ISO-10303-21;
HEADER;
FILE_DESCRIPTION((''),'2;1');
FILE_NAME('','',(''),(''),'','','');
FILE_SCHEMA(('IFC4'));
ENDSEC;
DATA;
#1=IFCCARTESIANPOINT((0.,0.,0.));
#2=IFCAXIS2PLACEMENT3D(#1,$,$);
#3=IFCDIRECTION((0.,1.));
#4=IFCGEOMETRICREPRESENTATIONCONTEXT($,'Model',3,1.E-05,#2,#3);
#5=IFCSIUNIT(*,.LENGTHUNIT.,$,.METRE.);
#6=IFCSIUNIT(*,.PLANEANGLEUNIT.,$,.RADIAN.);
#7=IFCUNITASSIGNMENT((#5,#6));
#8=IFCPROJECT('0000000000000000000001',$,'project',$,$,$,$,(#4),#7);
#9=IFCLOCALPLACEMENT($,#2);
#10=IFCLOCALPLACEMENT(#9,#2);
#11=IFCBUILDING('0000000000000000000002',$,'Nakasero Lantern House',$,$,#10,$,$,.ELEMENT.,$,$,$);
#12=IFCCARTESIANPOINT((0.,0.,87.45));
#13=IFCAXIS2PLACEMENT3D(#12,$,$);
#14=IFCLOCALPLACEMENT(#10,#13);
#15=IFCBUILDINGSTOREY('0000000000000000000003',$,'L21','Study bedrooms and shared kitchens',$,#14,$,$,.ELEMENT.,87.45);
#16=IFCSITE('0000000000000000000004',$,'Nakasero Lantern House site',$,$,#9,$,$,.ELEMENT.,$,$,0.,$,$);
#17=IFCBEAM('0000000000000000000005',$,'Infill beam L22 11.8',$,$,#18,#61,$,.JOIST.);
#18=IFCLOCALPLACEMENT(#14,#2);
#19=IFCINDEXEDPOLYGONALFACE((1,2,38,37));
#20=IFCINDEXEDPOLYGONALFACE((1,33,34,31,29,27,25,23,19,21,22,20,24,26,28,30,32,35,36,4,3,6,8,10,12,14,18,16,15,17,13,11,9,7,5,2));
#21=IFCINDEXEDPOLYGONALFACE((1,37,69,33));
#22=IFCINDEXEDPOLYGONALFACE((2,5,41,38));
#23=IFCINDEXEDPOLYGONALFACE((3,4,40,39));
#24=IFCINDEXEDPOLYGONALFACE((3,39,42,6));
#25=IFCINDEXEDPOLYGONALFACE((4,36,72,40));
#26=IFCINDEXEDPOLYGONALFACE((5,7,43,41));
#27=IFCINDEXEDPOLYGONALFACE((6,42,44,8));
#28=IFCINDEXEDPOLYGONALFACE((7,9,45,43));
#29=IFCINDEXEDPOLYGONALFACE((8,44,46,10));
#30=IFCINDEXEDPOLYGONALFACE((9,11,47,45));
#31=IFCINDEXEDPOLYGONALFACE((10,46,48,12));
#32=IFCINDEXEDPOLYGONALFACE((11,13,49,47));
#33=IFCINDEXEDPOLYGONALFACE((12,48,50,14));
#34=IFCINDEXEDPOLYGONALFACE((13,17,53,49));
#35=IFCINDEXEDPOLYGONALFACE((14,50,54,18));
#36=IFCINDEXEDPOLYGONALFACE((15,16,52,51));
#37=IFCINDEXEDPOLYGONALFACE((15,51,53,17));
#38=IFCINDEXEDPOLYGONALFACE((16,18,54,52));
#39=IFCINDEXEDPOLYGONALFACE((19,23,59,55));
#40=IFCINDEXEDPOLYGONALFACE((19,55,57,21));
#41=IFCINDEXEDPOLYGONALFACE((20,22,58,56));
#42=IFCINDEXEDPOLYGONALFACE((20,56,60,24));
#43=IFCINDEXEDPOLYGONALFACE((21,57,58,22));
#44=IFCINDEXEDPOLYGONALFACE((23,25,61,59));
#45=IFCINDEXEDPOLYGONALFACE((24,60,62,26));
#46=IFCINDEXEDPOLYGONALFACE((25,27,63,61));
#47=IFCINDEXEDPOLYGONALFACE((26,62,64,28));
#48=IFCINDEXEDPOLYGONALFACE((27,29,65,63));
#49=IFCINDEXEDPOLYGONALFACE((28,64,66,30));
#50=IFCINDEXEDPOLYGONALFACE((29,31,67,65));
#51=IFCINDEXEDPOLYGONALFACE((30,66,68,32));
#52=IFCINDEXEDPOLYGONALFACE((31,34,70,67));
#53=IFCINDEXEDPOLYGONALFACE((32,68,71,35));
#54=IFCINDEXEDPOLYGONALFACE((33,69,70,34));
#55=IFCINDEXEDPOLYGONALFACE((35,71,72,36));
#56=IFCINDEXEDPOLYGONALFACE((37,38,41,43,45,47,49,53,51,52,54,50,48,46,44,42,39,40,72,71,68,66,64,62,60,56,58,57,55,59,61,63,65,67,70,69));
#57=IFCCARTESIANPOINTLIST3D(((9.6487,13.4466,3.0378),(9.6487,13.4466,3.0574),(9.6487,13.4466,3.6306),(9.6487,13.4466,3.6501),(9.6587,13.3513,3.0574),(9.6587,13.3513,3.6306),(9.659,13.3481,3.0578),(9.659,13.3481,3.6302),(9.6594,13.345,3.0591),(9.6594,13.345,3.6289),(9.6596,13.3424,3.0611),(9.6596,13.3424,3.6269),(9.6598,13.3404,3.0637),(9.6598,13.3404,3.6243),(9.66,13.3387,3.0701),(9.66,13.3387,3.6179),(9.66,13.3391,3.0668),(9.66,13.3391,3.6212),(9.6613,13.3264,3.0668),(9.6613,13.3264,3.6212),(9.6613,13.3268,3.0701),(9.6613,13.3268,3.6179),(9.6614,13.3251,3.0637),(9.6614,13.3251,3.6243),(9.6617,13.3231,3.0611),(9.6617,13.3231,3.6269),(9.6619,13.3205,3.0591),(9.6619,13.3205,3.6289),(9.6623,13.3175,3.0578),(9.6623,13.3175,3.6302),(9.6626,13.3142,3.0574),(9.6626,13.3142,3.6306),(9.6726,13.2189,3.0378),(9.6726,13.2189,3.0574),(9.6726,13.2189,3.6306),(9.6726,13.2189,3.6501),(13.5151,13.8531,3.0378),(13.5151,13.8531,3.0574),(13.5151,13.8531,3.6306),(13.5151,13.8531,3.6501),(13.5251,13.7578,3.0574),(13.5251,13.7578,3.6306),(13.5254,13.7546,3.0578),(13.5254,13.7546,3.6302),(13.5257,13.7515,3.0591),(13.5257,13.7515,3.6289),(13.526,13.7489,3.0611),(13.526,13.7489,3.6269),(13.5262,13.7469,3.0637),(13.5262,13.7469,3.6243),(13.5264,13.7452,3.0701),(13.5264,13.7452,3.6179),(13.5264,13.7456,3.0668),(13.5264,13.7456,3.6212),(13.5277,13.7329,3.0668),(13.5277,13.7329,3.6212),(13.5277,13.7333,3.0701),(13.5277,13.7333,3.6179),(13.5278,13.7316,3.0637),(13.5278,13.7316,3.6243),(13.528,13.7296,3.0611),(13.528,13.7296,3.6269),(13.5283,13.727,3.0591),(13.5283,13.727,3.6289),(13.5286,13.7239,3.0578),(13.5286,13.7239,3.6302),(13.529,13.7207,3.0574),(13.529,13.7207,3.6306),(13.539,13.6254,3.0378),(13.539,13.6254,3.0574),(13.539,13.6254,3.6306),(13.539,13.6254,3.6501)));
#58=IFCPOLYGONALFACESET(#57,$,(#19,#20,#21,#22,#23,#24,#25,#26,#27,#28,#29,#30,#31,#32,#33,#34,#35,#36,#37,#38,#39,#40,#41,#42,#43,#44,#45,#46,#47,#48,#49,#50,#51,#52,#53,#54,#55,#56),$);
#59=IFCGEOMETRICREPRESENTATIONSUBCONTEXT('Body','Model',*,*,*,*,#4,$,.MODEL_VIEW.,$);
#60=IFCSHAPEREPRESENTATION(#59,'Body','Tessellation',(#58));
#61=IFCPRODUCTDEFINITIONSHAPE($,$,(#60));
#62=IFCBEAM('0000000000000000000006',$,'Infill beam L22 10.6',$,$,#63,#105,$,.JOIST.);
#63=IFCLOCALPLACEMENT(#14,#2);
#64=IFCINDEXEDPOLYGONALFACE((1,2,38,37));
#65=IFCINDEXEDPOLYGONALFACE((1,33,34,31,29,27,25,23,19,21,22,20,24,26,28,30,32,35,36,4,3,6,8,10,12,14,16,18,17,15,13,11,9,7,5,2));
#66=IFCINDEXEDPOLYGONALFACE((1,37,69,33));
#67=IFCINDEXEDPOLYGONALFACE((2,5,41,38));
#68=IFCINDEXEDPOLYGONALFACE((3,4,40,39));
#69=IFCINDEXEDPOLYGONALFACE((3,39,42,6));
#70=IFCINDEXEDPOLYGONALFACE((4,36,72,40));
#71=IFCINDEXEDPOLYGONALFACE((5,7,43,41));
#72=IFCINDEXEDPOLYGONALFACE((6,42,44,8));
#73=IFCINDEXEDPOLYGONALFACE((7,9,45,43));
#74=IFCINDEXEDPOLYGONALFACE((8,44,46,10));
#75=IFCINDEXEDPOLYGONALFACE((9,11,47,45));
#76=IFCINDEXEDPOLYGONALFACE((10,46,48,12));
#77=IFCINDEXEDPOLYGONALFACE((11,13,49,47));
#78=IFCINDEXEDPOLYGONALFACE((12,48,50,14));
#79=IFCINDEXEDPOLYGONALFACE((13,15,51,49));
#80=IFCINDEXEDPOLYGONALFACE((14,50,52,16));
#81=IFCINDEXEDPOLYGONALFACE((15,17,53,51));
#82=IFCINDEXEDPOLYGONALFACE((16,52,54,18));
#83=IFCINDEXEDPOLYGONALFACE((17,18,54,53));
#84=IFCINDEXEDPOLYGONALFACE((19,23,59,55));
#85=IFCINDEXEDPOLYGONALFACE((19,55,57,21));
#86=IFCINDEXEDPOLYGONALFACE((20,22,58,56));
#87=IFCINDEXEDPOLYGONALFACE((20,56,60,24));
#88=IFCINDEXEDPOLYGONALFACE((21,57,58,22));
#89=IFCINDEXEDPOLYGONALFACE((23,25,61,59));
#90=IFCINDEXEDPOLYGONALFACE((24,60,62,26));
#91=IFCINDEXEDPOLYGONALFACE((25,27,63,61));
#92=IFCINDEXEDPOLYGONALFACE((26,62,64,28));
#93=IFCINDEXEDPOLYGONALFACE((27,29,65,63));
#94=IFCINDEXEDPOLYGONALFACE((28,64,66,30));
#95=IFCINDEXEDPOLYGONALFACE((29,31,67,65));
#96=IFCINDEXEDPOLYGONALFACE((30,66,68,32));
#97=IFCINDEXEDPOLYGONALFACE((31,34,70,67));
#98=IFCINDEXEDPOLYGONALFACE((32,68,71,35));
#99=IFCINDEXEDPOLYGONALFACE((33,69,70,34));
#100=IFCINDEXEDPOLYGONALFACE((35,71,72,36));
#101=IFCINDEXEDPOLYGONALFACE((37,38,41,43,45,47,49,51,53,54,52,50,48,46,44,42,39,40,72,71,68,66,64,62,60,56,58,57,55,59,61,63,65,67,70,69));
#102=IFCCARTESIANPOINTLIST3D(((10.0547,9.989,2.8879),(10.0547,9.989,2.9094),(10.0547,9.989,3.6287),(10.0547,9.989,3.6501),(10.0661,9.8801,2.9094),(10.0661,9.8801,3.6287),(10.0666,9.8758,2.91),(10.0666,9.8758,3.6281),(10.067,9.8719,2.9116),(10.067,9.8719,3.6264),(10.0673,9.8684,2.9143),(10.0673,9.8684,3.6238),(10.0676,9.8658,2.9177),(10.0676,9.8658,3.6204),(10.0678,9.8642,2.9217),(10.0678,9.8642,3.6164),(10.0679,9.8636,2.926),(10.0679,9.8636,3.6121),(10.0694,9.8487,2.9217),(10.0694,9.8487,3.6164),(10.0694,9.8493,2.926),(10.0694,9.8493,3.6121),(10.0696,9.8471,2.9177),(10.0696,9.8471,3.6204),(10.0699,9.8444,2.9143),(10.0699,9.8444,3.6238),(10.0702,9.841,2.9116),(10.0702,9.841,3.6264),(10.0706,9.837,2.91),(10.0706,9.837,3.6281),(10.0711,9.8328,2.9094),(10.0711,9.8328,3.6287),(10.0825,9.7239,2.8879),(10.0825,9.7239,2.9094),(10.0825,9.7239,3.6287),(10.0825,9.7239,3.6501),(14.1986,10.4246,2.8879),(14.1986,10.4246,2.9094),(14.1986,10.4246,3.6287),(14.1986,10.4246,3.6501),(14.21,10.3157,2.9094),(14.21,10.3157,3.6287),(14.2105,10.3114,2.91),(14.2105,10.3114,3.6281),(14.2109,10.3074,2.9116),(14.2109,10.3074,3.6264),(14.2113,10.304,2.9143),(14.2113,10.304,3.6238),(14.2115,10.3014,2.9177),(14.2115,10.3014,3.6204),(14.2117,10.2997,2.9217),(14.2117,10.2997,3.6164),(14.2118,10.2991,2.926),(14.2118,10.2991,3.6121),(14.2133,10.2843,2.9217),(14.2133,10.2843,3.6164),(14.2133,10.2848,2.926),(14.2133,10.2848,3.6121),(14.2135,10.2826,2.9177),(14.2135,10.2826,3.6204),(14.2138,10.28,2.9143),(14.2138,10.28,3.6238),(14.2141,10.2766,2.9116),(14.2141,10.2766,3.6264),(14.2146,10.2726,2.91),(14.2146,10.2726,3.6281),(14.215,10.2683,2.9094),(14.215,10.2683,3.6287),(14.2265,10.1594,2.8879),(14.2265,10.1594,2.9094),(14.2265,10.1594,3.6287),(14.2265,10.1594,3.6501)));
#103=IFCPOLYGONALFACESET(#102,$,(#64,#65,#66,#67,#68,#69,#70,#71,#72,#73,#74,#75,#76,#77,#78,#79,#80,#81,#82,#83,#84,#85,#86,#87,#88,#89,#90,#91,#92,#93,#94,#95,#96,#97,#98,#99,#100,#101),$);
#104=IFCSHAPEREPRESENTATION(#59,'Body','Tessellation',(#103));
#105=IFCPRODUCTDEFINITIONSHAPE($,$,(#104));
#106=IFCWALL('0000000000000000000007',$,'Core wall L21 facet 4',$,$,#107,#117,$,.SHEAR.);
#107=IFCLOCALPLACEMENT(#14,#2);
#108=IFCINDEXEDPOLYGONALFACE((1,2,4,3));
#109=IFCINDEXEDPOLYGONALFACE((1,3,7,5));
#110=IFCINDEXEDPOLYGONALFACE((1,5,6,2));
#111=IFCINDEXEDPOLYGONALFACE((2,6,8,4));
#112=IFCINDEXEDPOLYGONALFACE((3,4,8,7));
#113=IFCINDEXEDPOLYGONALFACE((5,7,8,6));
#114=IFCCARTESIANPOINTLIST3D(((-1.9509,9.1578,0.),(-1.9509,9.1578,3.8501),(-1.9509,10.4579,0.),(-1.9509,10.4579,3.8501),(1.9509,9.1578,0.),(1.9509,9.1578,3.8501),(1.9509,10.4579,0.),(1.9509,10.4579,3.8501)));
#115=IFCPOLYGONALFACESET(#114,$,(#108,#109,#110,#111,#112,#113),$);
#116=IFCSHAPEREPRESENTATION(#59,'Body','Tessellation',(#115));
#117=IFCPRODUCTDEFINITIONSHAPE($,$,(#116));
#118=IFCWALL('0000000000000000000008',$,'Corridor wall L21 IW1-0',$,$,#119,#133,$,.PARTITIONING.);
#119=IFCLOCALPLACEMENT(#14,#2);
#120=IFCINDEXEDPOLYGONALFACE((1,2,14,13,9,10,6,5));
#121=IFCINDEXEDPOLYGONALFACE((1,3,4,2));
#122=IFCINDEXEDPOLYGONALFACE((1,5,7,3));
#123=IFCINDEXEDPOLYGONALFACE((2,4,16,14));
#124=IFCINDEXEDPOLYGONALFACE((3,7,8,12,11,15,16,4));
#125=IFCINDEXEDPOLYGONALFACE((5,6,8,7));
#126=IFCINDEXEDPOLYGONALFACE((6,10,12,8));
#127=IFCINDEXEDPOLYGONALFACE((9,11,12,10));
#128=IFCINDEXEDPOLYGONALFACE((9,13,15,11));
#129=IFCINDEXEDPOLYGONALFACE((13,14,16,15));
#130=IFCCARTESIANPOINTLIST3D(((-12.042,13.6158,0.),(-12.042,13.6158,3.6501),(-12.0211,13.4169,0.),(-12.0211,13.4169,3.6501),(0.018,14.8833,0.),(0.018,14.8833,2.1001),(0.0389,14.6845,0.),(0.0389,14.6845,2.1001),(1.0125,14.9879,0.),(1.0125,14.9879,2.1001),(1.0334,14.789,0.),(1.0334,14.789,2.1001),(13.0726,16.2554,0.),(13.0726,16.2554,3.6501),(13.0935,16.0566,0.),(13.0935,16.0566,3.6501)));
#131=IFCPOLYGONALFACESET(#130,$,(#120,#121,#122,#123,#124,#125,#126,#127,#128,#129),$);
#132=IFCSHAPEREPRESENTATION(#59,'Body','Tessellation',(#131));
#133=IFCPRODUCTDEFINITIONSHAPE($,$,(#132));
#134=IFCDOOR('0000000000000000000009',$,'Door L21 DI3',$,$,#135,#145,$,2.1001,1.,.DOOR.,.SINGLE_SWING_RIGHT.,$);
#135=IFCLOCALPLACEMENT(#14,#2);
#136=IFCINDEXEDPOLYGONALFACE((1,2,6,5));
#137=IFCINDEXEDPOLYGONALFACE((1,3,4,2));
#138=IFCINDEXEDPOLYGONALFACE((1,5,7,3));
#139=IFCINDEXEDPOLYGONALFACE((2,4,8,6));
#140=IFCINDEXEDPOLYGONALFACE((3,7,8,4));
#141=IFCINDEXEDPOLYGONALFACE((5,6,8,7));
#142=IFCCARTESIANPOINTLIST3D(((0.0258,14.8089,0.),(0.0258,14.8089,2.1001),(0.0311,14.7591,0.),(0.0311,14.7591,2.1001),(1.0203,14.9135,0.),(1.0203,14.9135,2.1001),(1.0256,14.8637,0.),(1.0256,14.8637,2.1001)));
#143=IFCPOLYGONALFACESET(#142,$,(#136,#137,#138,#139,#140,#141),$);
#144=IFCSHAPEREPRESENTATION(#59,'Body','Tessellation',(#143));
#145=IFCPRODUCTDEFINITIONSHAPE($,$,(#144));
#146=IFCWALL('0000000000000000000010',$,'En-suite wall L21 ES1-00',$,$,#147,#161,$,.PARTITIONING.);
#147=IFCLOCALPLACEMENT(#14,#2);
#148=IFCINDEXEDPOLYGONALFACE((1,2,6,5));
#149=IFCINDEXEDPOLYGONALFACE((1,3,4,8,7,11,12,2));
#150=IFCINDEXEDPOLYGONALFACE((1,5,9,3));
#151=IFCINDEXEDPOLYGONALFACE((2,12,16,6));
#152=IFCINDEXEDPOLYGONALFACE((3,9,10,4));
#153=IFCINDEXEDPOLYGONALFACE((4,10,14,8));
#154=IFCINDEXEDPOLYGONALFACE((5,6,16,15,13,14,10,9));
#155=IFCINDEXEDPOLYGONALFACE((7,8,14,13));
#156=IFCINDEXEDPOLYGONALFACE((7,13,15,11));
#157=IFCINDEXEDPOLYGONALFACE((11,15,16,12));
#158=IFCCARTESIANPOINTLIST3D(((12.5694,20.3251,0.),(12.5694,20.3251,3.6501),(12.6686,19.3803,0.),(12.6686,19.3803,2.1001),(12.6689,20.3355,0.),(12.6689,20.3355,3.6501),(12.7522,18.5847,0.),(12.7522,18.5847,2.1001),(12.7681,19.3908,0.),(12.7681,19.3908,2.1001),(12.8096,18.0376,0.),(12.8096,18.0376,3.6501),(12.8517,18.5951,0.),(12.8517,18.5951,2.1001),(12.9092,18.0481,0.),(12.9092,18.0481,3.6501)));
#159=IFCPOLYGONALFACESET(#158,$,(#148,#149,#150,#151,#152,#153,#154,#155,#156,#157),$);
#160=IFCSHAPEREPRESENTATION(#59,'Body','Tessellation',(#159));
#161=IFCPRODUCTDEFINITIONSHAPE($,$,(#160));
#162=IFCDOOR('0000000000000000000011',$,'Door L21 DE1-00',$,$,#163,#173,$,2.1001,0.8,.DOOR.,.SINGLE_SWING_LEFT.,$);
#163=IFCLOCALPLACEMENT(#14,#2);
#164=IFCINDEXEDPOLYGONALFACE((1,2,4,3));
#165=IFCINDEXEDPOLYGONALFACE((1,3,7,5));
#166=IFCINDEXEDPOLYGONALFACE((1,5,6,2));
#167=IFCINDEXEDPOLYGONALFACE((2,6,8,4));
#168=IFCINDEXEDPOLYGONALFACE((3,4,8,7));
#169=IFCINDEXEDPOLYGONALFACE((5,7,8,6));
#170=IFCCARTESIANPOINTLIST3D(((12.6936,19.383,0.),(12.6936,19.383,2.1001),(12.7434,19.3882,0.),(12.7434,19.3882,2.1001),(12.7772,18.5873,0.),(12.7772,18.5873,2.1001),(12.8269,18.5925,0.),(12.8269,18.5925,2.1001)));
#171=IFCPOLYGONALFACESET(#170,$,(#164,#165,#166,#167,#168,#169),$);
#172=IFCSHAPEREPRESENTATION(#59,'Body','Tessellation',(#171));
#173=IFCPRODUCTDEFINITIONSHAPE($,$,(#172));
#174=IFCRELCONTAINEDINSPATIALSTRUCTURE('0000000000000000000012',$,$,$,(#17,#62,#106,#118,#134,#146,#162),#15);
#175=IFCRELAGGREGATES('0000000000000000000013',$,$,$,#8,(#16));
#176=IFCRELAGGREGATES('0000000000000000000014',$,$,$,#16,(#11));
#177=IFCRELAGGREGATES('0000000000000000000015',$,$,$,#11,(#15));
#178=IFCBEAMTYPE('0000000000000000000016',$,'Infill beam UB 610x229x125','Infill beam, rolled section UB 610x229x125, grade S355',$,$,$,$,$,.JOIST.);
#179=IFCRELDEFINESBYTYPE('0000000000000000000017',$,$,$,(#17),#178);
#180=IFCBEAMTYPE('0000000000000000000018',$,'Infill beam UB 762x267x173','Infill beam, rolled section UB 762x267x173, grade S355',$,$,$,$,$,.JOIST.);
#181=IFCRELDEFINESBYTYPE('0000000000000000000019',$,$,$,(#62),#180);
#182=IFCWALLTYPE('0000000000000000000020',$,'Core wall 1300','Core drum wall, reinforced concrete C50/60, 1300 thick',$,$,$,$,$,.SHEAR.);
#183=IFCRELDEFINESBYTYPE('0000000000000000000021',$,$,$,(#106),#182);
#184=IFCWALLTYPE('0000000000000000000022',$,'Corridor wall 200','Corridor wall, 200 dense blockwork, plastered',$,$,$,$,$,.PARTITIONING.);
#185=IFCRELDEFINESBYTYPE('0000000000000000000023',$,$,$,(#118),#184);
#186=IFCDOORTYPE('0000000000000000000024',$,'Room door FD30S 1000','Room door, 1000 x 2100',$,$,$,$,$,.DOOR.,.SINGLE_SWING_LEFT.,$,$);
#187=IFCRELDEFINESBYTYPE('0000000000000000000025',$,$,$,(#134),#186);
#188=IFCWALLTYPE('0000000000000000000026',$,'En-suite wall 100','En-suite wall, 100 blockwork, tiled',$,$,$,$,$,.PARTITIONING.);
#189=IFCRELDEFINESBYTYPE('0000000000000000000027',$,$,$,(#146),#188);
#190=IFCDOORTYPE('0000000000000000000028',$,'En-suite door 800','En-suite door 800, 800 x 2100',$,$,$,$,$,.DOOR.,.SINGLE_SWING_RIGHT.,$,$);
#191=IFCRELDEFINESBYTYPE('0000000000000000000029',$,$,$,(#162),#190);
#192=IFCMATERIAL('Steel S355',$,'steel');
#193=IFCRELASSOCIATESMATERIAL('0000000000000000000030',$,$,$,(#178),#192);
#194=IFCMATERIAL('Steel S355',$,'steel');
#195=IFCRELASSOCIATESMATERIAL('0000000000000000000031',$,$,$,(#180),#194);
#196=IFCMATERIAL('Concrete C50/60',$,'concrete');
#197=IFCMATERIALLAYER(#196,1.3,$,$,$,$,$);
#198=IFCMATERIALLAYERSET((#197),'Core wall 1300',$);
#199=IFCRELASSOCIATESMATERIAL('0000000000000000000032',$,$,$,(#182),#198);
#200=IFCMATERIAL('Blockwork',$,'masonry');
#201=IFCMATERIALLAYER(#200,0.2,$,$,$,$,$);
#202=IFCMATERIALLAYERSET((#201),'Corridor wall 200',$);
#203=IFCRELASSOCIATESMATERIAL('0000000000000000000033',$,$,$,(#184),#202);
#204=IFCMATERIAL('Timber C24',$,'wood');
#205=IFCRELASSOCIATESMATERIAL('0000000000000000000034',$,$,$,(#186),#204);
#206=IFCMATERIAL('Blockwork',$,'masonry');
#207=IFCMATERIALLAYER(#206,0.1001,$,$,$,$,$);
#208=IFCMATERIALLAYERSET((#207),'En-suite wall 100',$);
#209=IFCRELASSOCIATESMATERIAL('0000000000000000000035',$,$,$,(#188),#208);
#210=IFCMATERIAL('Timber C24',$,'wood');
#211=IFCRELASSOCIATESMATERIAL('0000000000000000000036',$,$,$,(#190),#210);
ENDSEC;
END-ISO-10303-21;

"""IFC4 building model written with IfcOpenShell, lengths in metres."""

from ifc_helpers import new_model, si_unit, direction, frame, frame_2d, origin, origin_2d, place, context, subcontext, project, spatial, rectangle, i_section, extrude, material, layer, layer_set, material_profile, profile_set, type_object, element, fill, save


model = new_model("IFC4")

# Units and contexts
model_context = context("Model", 3, precision=1e-05, world=origin(), true_north=direction((0.0, 1.0)))
body_context = subcontext(model_context, "Body", "Model", "MODEL_VIEW")
ifc_project = project(units=[si_unit("LENGTHUNIT", "METRE"), si_unit("PLANEANGLEUNIT", "RADIAN")], contexts=[model_context])

# Site, building, storey
site_placement = place(None, origin())
site = spatial("IfcSite", under=ifc_project, at=site_placement, Name="Nakasero Lantern House site", CompositionType="ELEMENT", RefElevation=0.0)
building_placement = place(site_placement, origin())
building = spatial("IfcBuilding", under=site, at=building_placement, Name="Nakasero Lantern House", CompositionType="ELEMENT")
storey_placement = place(building_placement, frame((0.0, 0.0, 87.45)))
storey = spatial("IfcBuildingStorey", under=building, at=storey_placement, Name="L21", Description="Study bedrooms and shared kitchens", CompositionType="ELEMENT", Elevation=87.45)

# Beams
ifc_material_1 = material(Name="Steel S355", Category="steel")
ifc_material_profile_1 = material_profile(ifc_material_1, i_section(OverallWidth=0.229, OverallDepth=0.6123, WebThickness=0.012, FlangeThickness=0.0195, FilletRadius=0.0127, at=origin_2d()), Name="UB 610x229x125")
ifc_profile_set_1 = profile_set([ifc_material_profile_1], Name="Steel S355")
beam_type_1 = type_object("IfcBeamType", Name="Infill beam UB 610x229x125", Description="Infill beam, rolled section UB 610x229x125, grade S355", PredefinedType="JOIST", material=ifc_profile_set_1)
beam_1_placement = place(storey_placement, frame((9.6606, 13.3328, 3.344), z_axis=(0.994519, 0.104557, 0.0), x_axis=(-0.104557, 0.994519, 0.0)))
element("IfcBeam", 1, at=beam_1_placement, inside=storey, type_object=beam_type_1, Name="Infill beam L22 11.8", PredefinedType="JOIST", context=body_context, shape_type="SweptSolid", body=[
    extrude(i_section(OverallWidth=0.229, OverallDepth=0.6123, WebThickness=0.012, FlangeThickness=0.0195, FilletRadius=0.0127, at=origin_2d()), origin(), (0.0, 0.0, 1.0), 3.8877),
])
ifc_material_2 = material(Name="Steel S355", Category="steel")
ifc_material_profile_2 = material_profile(ifc_material_2, i_section(OverallWidth=0.2666, OverallDepth=0.7622, WebThickness=0.0144, FlangeThickness=0.0215, FilletRadius=0.0166, at=origin_2d()), Name="UB 762x267x173")
ifc_profile_set_2 = profile_set([ifc_material_profile_2], Name="Steel S355")
beam_type_2 = type_object("IfcBeamType", Name="Infill beam UB 762x267x173", Description="Infill beam, rolled section UB 762x267x173, grade S355", PredefinedType="JOIST", material=ifc_profile_set_2)
beam_2_placement = place(storey_placement, frame((10.0686, 9.8564, 3.269), z_axis=(0.994522, 0.104526, 0.0), x_axis=(-0.104526, 0.994522, 0.0)))
element("IfcBeam", 2, at=beam_2_placement, inside=storey, type_object=beam_type_2, Name="Infill beam L22 10.6", PredefinedType="JOIST", context=body_context, shape_type="SweptSolid", body=[
    extrude(i_section(OverallWidth=0.2666, OverallDepth=0.7622, WebThickness=0.0144, FlangeThickness=0.0215, FilletRadius=0.0166, at=origin_2d()), origin(), (0.0, 0.0, 1.0), 4.1667),
])

# Wall
ifc_material_3 = material(Name="Concrete C50/60", Category="concrete")
ifc_layer_1 = layer(ifc_material_3, 1.3)
ifc_layer_set_1 = layer_set([ifc_layer_1], Name="Core wall 1300")
wall_type_1 = type_object("IfcWallType", Name="Core wall 1300", Description="Core drum wall, reinforced concrete C50/60, 1300 thick", PredefinedType="SHEAR", material=ifc_layer_set_1)
wall_1_placement = place(storey_placement, frame((1.9509, 9.8079, 0.0), z_axis=(0.0, 0.0, 1.0), x_axis=(-1.0, 0.0, 0.0)))
element("IfcWall", 3, at=wall_1_placement, inside=storey, type_object=wall_type_1, Name="Core wall L21 facet 4", PredefinedType="SHEAR", context=body_context, shape_type="SweptSolid", body=[
    extrude(rectangle(XDim=3.9019, YDim=1.3, at=frame_2d((1.9509, 0.0))), origin(), (0.0, 0.0, 1.0), 3.8501),
])

# Walls, openings, doors
ifc_material_4 = material(Name="Blockwork", Category="masonry")
ifc_layer_2 = layer(ifc_material_4, 0.2)
ifc_layer_set_2 = layer_set([ifc_layer_2], Name="Corridor wall 200")
wall_type_2 = type_object("IfcWallType", Name="Corridor wall 200", Description="Corridor wall, 200 dense blockwork, plastered", PredefinedType="PARTITIONING", material=ifc_layer_set_2)
wall_2_placement = place(storey_placement, frame((13.083, 16.156, 0.0), z_axis=(0.0, 0.0, 1.0), x_axis=(-0.994522, -0.104529, 0.0)))
wall_2 = element("IfcWall", 4, at=wall_2_placement, inside=storey, type_object=wall_type_2, Name="Corridor wall L21 IW1-0", PredefinedType="PARTITIONING", context=body_context, shape_type="SweptSolid", body=[
    extrude(rectangle(XDim=25.2529, YDim=0.2, at=frame_2d((12.6265, 0.0))), origin(), (0.0, 0.0, 1.0), 3.6501),
])
opening_1_placement = place(wall_2_placement, frame((12.1265, 0.0, 0.0)))
opening_1 = element("IfcOpeningElement", 5, at=opening_1_placement, cuts=wall_2, PredefinedType="OPENING", context=body_context, shape_type="SweptSolid", body=[
    extrude(rectangle(XDim=1.0, YDim=2.1001, at=frame_2d((0.5, 1.05))), frame((0.0, 0.1199, 0.0), z_axis=(0.0, -1.0, 0.0), x_axis=(1.0, 0.0, 0.0)), (0.0, 0.0, 1.0), 0.24),
])
ifc_material_5 = material(Name="Timber C24", Category="wood")
door_type_1 = type_object("IfcDoorType", Name="Room door FD30S 1000", Description="Room door, 1000 x 2100", OperationType="SINGLE_SWING_LEFT", PredefinedType="DOOR", material=ifc_material_5)
door_1_placement = place(opening_1_placement, origin())
door_1 = element("IfcDoor", 6, at=door_1_placement, inside=storey, type_object=door_type_1, Name="Door L21 DI3", OperationType="SINGLE_SWING_RIGHT", OverallHeight=2.1001, OverallWidth=1.0, PredefinedType="DOOR", context=body_context, shape_type="SweptSolid", body=[
    extrude(rectangle(XDim=1.0, YDim=2.1001, at=frame_2d((0.5, 1.05))), frame((0.0, 0.0249, 0.0), z_axis=(0.0, -1.0, 0.0), x_axis=(1.0, 0.0, 0.0)), (0.0, 0.0, 1.0), 0.05),
])
fill(opening_1, door_1)
ifc_material_6 = material(Name="Blockwork", Category="masonry")
ifc_layer_3 = layer(ifc_material_6, 0.1001)
ifc_layer_set_3 = layer_set([ifc_layer_3], Name="En-suite wall 100")
wall_type_3 = type_object("IfcWallType", Name="En-suite wall 100", Description="En-suite wall, 100 blockwork, tiled", PredefinedType="PARTITIONING", material=ifc_layer_set_3)
wall_3_placement = place(storey_placement, frame((12.8594, 18.043, 0.0), z_axis=(0.0, 0.0, 1.0), x_axis=(-0.104453, 0.99453, 0.0)))
wall_3 = element("IfcWall", 7, at=wall_3_placement, inside=storey, type_object=wall_type_3, Name="En-suite wall L21 ES1-00", PredefinedType="PARTITIONING", context=body_context, shape_type="SweptSolid", body=[
    extrude(rectangle(XDim=2.3, YDim=0.1001, at=frame_2d((1.1499, 0.0))), origin(), (0.0, 0.0, 1.0), 3.6501),
])
opening_2_placement = place(wall_3_placement, frame((0.55, 0.0, 0.0)))
opening_2 = element("IfcOpeningElement", 8, at=opening_2_placement, cuts=wall_3, PredefinedType="OPENING", context=body_context, shape_type="SweptSolid", body=[
    extrude(rectangle(XDim=0.8, YDim=2.1001, at=frame_2d((0.3999, 1.05))), frame((0.0, 0.0701, 0.0), z_axis=(0.0, -1.0, 0.0), x_axis=(1.0, 0.0, 0.0)), (0.0, 0.0, 1.0), 0.1401),
])
ifc_material_7 = material(Name="Timber C24", Category="wood")
door_type_2 = type_object("IfcDoorType", Name="En-suite door 800", Description="En-suite door 800, 800 x 2100", OperationType="SINGLE_SWING_RIGHT", PredefinedType="DOOR", material=ifc_material_7)
door_2_placement = place(opening_2_placement, origin())
door_2 = element("IfcDoor", 9, at=door_2_placement, inside=storey, type_object=door_type_2, Name="Door L21 DE1-00", OperationType="SINGLE_SWING_LEFT", OverallHeight=2.1001, OverallWidth=0.8, PredefinedType="DOOR", context=body_context, shape_type="SweptSolid", body=[
    extrude(rectangle(XDim=0.8, YDim=2.1001, at=frame_2d((0.3999, 1.05))), frame((0.0, 0.0249, 0.0), z_axis=(0.0, -1.0, 0.0), x_axis=(1.0, 0.0, 0.0)), (0.0, 0.0, 1.0), 0.05),
])
fill(opening_2, door_2)

save(model, "model.ifc")
